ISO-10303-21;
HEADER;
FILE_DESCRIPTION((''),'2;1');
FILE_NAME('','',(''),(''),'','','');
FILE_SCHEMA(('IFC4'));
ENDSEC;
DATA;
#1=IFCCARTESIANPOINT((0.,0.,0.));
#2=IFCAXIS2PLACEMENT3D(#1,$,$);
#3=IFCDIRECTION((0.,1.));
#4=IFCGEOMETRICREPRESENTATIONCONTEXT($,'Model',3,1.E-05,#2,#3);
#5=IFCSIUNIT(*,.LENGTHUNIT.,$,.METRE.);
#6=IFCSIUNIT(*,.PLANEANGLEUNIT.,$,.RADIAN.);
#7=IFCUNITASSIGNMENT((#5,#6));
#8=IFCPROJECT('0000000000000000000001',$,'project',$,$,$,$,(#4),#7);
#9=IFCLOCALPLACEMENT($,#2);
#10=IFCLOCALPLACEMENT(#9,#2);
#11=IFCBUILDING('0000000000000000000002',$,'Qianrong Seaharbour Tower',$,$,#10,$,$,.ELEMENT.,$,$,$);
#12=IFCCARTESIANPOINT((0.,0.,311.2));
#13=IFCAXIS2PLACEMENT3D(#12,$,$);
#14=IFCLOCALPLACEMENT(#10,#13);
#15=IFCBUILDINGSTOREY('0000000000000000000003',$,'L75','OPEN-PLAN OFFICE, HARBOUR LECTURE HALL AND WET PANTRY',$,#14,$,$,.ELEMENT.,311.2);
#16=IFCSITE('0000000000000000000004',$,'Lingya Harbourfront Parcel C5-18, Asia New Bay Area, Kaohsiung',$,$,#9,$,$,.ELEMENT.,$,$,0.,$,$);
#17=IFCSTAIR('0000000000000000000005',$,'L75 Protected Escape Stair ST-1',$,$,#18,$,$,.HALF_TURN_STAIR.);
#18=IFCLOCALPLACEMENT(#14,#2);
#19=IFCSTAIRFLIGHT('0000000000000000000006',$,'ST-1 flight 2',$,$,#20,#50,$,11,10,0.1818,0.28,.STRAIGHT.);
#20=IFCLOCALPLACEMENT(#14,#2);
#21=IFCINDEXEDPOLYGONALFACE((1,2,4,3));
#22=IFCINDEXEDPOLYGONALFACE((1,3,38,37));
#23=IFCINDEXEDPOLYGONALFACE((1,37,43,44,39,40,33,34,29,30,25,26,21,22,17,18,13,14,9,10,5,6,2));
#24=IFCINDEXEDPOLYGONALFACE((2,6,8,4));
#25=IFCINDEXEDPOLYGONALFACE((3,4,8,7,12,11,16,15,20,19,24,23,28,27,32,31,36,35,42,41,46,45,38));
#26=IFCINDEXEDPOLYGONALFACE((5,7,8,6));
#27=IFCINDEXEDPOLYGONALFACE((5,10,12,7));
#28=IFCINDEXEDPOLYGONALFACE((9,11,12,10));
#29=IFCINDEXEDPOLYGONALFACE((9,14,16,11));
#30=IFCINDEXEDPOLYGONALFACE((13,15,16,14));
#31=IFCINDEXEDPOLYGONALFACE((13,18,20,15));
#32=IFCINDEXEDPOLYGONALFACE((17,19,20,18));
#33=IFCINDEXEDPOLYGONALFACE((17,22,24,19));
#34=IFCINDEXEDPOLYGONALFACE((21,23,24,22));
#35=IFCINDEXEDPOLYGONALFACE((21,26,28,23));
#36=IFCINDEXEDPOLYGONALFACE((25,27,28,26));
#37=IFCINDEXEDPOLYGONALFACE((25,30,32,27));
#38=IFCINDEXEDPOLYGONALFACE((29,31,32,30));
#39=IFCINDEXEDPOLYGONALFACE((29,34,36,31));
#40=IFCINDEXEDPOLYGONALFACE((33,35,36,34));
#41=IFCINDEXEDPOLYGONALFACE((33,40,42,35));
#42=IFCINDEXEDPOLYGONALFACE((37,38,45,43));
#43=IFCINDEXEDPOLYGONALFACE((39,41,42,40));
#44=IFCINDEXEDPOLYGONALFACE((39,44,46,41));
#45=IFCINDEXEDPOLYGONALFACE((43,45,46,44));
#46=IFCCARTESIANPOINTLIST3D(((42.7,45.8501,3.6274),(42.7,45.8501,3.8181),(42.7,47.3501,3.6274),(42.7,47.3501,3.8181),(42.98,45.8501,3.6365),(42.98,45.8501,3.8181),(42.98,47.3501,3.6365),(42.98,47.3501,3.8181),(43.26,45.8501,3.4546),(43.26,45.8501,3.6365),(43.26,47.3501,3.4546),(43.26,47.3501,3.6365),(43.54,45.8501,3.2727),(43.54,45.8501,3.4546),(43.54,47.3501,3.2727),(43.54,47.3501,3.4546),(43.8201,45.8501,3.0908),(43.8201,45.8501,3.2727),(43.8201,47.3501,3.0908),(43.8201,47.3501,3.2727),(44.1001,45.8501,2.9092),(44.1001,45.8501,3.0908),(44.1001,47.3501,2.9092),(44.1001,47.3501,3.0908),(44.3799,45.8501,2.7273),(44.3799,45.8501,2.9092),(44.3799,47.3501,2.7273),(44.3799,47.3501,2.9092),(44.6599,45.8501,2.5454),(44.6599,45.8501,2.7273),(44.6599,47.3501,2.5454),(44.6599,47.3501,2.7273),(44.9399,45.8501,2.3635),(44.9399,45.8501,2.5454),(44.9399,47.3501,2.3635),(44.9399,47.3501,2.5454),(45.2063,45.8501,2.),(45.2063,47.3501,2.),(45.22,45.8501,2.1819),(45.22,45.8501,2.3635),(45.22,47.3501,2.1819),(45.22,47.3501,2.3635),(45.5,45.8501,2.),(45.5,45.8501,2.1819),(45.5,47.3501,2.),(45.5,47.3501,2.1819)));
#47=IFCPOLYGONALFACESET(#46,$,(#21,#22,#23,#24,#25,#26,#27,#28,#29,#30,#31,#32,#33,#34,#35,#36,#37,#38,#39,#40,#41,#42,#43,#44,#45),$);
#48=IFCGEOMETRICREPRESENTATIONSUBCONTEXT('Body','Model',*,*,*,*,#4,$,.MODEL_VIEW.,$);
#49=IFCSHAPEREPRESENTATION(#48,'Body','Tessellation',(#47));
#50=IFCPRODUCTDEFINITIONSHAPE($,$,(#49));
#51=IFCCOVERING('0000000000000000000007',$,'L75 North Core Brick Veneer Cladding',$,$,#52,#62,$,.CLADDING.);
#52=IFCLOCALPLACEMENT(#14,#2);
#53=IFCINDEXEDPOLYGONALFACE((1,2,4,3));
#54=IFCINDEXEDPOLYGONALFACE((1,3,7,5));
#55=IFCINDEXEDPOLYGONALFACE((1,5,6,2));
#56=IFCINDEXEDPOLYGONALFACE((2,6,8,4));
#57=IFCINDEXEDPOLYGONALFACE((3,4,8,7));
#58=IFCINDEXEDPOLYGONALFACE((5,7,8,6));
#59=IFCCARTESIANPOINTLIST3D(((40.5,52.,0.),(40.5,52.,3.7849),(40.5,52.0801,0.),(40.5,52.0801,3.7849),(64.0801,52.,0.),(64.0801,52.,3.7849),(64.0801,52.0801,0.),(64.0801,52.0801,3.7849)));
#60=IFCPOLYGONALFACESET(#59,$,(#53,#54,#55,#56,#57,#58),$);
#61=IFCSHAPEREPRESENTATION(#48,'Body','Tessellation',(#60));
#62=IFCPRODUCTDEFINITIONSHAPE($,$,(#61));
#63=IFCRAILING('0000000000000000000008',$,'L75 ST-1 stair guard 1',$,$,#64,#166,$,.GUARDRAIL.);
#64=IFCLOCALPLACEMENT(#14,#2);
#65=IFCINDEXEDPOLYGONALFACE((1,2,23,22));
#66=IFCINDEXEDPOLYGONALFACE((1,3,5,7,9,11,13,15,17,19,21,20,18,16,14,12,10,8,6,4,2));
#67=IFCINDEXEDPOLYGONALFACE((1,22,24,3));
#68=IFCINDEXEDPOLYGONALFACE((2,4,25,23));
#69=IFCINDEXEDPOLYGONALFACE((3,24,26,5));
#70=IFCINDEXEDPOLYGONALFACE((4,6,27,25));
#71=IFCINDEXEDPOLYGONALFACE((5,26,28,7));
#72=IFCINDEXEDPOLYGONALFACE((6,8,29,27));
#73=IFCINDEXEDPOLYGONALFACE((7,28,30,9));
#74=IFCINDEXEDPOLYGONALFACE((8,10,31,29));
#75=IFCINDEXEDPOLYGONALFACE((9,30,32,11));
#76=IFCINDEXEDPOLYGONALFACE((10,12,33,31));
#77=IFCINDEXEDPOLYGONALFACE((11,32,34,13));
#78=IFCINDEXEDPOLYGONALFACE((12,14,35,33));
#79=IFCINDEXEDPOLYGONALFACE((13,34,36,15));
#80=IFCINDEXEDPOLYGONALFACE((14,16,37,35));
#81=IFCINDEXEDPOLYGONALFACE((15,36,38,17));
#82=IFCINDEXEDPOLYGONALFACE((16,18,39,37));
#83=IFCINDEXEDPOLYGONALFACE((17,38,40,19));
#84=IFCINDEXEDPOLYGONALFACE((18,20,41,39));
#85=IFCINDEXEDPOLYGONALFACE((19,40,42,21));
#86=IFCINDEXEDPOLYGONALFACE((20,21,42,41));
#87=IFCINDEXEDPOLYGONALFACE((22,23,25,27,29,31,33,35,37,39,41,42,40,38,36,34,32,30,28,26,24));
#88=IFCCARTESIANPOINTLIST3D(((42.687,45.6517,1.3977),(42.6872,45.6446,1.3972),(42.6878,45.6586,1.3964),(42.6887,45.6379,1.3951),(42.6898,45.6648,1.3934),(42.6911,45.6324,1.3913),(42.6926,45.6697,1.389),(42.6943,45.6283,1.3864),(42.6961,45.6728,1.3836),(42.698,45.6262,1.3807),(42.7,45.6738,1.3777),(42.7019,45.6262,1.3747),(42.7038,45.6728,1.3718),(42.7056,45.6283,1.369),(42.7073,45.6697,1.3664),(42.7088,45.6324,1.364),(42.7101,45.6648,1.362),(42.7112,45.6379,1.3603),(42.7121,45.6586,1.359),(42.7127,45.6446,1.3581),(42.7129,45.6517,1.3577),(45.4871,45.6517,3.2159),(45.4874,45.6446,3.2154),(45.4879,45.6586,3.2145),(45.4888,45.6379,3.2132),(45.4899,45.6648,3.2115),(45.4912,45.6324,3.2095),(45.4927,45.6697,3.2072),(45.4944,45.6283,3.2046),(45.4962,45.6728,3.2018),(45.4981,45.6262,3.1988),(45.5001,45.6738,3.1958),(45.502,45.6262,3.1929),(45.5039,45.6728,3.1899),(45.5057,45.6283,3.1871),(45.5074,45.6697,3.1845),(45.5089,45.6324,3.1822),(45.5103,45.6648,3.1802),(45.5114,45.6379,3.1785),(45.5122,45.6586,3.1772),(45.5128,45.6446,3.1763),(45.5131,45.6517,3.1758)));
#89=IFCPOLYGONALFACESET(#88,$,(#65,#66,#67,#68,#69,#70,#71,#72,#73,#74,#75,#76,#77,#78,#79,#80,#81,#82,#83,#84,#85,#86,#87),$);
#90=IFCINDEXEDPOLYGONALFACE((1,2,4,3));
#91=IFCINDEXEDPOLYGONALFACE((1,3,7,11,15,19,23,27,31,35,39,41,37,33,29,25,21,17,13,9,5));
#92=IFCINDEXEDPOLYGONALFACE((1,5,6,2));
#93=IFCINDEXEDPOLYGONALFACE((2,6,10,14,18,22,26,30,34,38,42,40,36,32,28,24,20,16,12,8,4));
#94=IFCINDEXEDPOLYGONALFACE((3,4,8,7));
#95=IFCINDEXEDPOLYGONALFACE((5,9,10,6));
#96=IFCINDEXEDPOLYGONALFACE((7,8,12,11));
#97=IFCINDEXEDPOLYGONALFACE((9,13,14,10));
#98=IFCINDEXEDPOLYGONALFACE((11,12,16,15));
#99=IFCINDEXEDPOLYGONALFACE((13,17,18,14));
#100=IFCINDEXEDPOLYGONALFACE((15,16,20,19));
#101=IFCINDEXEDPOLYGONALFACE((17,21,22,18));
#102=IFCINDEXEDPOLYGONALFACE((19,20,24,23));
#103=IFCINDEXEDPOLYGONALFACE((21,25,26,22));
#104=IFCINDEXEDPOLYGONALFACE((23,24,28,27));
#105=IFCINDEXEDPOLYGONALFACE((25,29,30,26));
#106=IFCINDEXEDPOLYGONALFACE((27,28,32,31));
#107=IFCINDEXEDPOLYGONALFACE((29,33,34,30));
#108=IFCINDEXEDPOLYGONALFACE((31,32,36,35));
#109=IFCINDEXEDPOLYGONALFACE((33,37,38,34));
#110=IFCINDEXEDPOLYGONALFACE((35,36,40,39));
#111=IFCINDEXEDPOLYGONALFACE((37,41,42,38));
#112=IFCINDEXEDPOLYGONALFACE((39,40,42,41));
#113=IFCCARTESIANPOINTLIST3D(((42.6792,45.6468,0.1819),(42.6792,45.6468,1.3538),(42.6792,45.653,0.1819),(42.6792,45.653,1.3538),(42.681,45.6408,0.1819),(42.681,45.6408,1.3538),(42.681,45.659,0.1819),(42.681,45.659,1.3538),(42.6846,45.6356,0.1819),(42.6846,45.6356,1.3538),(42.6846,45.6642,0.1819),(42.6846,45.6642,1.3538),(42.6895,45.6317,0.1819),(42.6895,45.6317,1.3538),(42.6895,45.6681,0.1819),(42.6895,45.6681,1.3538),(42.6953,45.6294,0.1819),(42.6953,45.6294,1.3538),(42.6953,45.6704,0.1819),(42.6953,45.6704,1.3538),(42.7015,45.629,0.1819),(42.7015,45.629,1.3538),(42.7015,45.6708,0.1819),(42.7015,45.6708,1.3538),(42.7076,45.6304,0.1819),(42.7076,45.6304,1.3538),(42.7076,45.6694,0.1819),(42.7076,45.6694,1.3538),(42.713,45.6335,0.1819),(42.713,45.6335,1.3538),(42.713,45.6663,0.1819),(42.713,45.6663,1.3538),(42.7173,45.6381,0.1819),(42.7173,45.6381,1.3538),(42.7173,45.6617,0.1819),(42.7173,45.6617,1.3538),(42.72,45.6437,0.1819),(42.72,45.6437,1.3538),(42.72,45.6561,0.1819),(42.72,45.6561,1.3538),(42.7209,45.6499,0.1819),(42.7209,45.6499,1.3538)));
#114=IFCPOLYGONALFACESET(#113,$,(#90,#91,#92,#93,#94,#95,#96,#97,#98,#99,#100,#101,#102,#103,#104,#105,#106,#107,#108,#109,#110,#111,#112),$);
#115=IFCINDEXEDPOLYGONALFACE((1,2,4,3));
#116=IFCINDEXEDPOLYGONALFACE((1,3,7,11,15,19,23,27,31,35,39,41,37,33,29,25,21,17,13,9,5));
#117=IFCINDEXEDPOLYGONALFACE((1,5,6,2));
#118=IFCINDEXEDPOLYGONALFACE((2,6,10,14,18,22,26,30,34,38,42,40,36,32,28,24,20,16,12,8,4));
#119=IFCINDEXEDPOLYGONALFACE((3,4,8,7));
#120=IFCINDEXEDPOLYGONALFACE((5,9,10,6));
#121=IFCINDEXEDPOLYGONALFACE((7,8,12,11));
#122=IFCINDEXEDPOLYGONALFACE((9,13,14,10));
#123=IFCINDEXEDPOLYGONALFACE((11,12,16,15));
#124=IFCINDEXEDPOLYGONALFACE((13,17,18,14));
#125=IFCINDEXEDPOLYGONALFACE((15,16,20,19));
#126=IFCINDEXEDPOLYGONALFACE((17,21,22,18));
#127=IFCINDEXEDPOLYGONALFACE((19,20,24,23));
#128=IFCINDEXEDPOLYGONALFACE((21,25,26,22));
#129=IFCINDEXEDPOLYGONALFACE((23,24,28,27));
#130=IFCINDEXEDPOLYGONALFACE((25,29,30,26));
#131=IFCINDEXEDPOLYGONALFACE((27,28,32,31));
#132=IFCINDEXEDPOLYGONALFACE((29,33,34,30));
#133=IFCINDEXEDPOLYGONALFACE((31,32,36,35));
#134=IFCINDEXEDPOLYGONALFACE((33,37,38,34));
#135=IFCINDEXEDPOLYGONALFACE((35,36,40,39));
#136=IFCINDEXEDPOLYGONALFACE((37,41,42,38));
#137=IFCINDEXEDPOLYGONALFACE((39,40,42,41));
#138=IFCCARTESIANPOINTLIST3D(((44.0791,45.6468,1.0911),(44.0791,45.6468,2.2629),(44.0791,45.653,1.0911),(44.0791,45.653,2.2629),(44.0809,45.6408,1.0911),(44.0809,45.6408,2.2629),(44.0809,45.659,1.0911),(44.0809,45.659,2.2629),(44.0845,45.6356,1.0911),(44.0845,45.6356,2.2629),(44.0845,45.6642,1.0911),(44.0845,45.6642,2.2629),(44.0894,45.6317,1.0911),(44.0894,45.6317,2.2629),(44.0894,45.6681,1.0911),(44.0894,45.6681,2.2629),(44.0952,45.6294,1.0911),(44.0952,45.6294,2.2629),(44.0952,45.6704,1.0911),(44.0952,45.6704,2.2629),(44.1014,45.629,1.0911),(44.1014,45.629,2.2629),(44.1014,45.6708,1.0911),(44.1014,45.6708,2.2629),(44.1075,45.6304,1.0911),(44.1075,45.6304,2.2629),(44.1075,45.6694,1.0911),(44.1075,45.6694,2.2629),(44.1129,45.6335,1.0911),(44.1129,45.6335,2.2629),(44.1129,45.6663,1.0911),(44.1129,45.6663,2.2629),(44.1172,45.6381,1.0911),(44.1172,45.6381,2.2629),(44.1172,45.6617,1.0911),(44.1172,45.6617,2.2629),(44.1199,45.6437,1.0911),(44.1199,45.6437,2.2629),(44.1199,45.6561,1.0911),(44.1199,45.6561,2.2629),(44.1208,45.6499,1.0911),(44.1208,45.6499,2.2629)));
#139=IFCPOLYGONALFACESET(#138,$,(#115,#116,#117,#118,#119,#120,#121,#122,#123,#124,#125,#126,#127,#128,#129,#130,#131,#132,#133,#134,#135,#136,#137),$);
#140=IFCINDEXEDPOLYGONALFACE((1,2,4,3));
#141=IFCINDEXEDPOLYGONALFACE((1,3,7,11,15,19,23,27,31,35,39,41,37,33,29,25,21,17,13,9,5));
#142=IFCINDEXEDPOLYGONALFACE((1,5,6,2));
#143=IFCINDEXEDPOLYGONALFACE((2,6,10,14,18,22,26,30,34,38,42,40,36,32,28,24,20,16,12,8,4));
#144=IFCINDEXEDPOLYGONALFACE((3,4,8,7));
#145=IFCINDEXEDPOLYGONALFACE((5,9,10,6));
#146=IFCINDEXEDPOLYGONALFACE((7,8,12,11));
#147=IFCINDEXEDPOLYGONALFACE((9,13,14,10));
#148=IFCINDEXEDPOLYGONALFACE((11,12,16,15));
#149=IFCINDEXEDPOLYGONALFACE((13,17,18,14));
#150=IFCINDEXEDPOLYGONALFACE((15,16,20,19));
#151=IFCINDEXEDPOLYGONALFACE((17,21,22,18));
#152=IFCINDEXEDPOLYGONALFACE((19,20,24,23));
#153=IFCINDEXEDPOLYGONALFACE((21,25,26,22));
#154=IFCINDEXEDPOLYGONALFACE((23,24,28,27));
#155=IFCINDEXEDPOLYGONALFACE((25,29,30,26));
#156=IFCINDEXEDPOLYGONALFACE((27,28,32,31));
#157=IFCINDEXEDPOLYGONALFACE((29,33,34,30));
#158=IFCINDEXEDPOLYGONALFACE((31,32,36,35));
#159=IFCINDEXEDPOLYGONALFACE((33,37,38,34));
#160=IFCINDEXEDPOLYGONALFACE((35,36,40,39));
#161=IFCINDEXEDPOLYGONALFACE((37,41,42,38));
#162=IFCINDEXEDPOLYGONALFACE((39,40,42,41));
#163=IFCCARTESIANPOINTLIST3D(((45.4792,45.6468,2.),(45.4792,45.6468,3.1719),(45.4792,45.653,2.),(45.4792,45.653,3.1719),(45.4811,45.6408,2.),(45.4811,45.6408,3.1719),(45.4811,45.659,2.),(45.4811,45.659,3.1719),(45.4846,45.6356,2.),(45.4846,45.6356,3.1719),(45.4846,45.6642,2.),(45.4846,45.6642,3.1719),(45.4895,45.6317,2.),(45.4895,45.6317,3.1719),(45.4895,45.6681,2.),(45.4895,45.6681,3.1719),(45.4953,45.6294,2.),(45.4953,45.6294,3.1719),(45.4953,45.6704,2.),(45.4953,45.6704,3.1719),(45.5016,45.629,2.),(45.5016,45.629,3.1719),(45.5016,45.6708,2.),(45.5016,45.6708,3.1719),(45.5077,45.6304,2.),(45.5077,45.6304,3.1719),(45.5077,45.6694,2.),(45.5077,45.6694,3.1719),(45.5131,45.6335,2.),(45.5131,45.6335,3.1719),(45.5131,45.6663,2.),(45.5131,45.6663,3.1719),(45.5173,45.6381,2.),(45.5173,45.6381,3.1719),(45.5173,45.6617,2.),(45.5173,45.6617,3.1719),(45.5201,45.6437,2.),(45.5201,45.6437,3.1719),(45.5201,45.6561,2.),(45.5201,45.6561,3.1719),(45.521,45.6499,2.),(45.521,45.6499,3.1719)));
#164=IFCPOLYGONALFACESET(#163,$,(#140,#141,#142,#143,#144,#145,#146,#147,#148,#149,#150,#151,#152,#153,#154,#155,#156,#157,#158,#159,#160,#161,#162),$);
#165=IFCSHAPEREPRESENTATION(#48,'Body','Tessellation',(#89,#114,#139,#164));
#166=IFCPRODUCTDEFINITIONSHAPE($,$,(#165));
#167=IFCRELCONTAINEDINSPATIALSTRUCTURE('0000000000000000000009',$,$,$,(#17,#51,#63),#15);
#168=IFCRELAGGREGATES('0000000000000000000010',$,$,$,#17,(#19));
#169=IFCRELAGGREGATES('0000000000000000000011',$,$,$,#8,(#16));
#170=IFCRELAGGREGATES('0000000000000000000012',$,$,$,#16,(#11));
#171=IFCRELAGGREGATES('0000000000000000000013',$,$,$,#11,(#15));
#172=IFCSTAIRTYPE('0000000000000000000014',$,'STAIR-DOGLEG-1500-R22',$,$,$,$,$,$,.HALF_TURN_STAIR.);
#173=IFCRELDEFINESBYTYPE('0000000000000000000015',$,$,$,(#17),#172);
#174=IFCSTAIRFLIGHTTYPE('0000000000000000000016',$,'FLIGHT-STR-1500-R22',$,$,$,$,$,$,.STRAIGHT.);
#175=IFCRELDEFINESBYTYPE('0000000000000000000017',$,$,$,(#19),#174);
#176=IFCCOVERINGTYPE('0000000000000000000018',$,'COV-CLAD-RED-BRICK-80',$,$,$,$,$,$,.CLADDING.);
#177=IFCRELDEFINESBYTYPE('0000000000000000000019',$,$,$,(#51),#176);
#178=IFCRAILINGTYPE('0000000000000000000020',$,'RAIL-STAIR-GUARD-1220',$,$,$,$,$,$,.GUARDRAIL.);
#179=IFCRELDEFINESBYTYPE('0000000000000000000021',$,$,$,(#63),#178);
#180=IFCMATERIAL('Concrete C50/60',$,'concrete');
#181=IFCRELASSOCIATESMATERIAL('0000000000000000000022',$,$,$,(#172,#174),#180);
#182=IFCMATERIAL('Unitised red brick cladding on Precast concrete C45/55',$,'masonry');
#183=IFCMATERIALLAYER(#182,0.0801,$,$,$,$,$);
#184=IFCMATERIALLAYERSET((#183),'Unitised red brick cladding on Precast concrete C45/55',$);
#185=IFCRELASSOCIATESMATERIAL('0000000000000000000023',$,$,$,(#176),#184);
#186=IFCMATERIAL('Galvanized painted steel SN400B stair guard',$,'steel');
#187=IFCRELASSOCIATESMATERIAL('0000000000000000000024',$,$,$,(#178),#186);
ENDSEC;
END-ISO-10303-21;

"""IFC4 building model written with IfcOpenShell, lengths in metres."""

from ifc_helpers import new_model, si_unit, direction, frame, origin, origin_2d, place, context, subcontext, project, spatial, polyline, rectangle, circle, outline, extrude, material, layer, layer_set, type_object, element, aggregate, save


model = new_model("IFC4")

# Units and contexts
model_context = context("Model", 3, precision=1e-05, world=origin(), true_north=direction((0.0, 1.0)))
body_context = subcontext(model_context, "Body", "Model", "MODEL_VIEW")
ifc_project = project(units=[si_unit("LENGTHUNIT", "METRE"), si_unit("PLANEANGLEUNIT", "RADIAN")], contexts=[model_context])

# Site, building, storey
site_placement = place(None, origin())
site = spatial("IfcSite", under=ifc_project, at=site_placement, Name="Lingya Harbourfront Parcel C5-18, Asia New Bay Area, Kaohsiung", CompositionType="ELEMENT", RefElevation=0.0)
building_placement = place(site_placement, origin())
building = spatial("IfcBuilding", under=site, at=building_placement, Name="Qianrong Seaharbour Tower", CompositionType="ELEMENT")
storey_placement = place(building_placement, frame((0.0, 0.0, 311.2)))
storey = spatial("IfcBuildingStorey", under=building, at=storey_placement, Name="L75", Description="OPEN-PLAN OFFICE, HARBOUR LECTURE HALL AND WET PANTRY", CompositionType="ELEMENT", Elevation=311.2)

# Shared definitions
ifc_material_1 = material(Name="Concrete C50/60", Category="concrete")

# Stair, stair flight
stair_type = type_object("IfcStairType", Name="STAIR-DOGLEG-1500-R22", PredefinedType="HALF_TURN_STAIR", material=ifc_material_1)
stair_placement = place(storey_placement, origin())
stair = element("IfcStair", 1, at=stair_placement, inside=storey, type_object=stair_type, Name="L75 Protected Escape Stair ST-1", PredefinedType="HALF_TURN_STAIR")
stair_flight_type = type_object("IfcStairFlightType", Name="FLIGHT-STR-1500-R22", PredefinedType="STRAIGHT", material=ifc_material_1)
stair_flight_1_placement = place(storey_placement, frame((45.5, 46.6001, 2.0), z_axis=(0.0, 0.0, 1.0), x_axis=(-1.0, 0.0, 0.0)))
stair_flight_1 = element("IfcStairFlight", 2, at=stair_flight_1_placement, type_object=stair_flight_type, Name="ST-1 flight 2", NumberOfRisers=11, NumberOfTreads=10, PredefinedType="STRAIGHT", RiserHeight=0.1818, TreadLength=0.28, context=body_context, shape_type="SweptSolid", body=[
    extrude(outline(polyline([(0.0, 0.0), (0.0, 0.1819), (0.28, 0.1819), (0.28, 0.3635), (0.5601, 0.3635), (0.5601, 0.5454), (0.8401, 0.5454), (0.8401, 0.7273), (1.1201, 0.7273), (1.1201, 0.9092), (1.3999, 0.9092), (1.3999, 1.0908), (1.6799, 1.0908), (1.6799, 1.2727), (1.96, 1.2727), (1.96, 1.4546), (2.24, 1.4546), (2.24, 1.6365), (2.52, 1.6365), (2.52, 1.8181), (2.8, 1.8181), (2.8, 2.0), (2.8, 1.6274), (0.2937, 0.0), (0.0, 0.0)])), frame((0.0, 0.75, 0.0), z_axis=(0.0, -1.0, 0.0), x_axis=(1.0, 0.0, 0.0)), (0.0, 0.0, 1.0), 1.5),
])
aggregate(stair, [stair_flight_1])

# Covering
ifc_material_2 = material(Name="Unitised red brick cladding on Precast concrete C45/55", Category="masonry")
ifc_layer_1 = layer(ifc_material_2, 0.0801)
ifc_layer_set_1 = layer_set([ifc_layer_1], Name="Unitised red brick cladding on Precast concrete C45/55")
covering_type = type_object("IfcCoveringType", Name="COV-CLAD-RED-BRICK-80", PredefinedType="CLADDING", material=ifc_layer_set_1)
covering_placement = place(storey_placement, frame((52.29, 52.04, 0.0), z_axis=(0.0, 0.0, 1.0), x_axis=(1.0, 0.0, 0.0)))
element("IfcCovering", 3, at=covering_placement, inside=storey, type_object=covering_type, Name="L75 North Core Brick Veneer Cladding", PredefinedType="CLADDING", context=body_context, shape_type="SweptSolid", body=[
    extrude(rectangle(XDim=23.5801, YDim=0.0801, at=origin_2d()), origin(), (0.0, 0.0, 1.0), 3.7849),
])

# Railing
ifc_material_3 = material(Name="Galvanized painted steel SN400B stair guard", Category="steel")
railing_type_1 = type_object("IfcRailingType", Name="RAIL-STAIR-GUARD-1220", PredefinedType="GUARDRAIL", material=ifc_material_3)
railing_1_placement = place(storey_placement, frame((42.7, 45.6499, 0.1819)))
element("IfcRailing", 4, at=railing_1_placement, inside=storey, type_object=railing_type_1, Name="L75 ST-1 stair guard 1", PredefinedType="GUARDRAIL", context=body_context, shape_type="SweptSolid", body=[
    extrude(circle(Radius=0.0239, at=origin_2d()), frame((0.0, 0.0, 1.1958), z_axis=(0.838706, 0.0, 0.544585), x_axis=(0.0, 1.0, 0.0)), (0.0, 0.0, 1.0), 3.3386),
    extrude(circle(Radius=0.021, at=origin_2d()), origin(), (0.0, 0.0, 1.0), 1.1719),
    extrude(circle(Radius=0.021, at=origin_2d()), frame((1.3999, 0.0, 0.9092)), (0.0, 0.0, 1.0), 1.1719),
    extrude(circle(Radius=0.021, at=origin_2d()), frame((2.8, 0.0, 1.8181)), (0.0, 0.0, 1.0), 1.1719),
])

save(model, "model.ifc")
